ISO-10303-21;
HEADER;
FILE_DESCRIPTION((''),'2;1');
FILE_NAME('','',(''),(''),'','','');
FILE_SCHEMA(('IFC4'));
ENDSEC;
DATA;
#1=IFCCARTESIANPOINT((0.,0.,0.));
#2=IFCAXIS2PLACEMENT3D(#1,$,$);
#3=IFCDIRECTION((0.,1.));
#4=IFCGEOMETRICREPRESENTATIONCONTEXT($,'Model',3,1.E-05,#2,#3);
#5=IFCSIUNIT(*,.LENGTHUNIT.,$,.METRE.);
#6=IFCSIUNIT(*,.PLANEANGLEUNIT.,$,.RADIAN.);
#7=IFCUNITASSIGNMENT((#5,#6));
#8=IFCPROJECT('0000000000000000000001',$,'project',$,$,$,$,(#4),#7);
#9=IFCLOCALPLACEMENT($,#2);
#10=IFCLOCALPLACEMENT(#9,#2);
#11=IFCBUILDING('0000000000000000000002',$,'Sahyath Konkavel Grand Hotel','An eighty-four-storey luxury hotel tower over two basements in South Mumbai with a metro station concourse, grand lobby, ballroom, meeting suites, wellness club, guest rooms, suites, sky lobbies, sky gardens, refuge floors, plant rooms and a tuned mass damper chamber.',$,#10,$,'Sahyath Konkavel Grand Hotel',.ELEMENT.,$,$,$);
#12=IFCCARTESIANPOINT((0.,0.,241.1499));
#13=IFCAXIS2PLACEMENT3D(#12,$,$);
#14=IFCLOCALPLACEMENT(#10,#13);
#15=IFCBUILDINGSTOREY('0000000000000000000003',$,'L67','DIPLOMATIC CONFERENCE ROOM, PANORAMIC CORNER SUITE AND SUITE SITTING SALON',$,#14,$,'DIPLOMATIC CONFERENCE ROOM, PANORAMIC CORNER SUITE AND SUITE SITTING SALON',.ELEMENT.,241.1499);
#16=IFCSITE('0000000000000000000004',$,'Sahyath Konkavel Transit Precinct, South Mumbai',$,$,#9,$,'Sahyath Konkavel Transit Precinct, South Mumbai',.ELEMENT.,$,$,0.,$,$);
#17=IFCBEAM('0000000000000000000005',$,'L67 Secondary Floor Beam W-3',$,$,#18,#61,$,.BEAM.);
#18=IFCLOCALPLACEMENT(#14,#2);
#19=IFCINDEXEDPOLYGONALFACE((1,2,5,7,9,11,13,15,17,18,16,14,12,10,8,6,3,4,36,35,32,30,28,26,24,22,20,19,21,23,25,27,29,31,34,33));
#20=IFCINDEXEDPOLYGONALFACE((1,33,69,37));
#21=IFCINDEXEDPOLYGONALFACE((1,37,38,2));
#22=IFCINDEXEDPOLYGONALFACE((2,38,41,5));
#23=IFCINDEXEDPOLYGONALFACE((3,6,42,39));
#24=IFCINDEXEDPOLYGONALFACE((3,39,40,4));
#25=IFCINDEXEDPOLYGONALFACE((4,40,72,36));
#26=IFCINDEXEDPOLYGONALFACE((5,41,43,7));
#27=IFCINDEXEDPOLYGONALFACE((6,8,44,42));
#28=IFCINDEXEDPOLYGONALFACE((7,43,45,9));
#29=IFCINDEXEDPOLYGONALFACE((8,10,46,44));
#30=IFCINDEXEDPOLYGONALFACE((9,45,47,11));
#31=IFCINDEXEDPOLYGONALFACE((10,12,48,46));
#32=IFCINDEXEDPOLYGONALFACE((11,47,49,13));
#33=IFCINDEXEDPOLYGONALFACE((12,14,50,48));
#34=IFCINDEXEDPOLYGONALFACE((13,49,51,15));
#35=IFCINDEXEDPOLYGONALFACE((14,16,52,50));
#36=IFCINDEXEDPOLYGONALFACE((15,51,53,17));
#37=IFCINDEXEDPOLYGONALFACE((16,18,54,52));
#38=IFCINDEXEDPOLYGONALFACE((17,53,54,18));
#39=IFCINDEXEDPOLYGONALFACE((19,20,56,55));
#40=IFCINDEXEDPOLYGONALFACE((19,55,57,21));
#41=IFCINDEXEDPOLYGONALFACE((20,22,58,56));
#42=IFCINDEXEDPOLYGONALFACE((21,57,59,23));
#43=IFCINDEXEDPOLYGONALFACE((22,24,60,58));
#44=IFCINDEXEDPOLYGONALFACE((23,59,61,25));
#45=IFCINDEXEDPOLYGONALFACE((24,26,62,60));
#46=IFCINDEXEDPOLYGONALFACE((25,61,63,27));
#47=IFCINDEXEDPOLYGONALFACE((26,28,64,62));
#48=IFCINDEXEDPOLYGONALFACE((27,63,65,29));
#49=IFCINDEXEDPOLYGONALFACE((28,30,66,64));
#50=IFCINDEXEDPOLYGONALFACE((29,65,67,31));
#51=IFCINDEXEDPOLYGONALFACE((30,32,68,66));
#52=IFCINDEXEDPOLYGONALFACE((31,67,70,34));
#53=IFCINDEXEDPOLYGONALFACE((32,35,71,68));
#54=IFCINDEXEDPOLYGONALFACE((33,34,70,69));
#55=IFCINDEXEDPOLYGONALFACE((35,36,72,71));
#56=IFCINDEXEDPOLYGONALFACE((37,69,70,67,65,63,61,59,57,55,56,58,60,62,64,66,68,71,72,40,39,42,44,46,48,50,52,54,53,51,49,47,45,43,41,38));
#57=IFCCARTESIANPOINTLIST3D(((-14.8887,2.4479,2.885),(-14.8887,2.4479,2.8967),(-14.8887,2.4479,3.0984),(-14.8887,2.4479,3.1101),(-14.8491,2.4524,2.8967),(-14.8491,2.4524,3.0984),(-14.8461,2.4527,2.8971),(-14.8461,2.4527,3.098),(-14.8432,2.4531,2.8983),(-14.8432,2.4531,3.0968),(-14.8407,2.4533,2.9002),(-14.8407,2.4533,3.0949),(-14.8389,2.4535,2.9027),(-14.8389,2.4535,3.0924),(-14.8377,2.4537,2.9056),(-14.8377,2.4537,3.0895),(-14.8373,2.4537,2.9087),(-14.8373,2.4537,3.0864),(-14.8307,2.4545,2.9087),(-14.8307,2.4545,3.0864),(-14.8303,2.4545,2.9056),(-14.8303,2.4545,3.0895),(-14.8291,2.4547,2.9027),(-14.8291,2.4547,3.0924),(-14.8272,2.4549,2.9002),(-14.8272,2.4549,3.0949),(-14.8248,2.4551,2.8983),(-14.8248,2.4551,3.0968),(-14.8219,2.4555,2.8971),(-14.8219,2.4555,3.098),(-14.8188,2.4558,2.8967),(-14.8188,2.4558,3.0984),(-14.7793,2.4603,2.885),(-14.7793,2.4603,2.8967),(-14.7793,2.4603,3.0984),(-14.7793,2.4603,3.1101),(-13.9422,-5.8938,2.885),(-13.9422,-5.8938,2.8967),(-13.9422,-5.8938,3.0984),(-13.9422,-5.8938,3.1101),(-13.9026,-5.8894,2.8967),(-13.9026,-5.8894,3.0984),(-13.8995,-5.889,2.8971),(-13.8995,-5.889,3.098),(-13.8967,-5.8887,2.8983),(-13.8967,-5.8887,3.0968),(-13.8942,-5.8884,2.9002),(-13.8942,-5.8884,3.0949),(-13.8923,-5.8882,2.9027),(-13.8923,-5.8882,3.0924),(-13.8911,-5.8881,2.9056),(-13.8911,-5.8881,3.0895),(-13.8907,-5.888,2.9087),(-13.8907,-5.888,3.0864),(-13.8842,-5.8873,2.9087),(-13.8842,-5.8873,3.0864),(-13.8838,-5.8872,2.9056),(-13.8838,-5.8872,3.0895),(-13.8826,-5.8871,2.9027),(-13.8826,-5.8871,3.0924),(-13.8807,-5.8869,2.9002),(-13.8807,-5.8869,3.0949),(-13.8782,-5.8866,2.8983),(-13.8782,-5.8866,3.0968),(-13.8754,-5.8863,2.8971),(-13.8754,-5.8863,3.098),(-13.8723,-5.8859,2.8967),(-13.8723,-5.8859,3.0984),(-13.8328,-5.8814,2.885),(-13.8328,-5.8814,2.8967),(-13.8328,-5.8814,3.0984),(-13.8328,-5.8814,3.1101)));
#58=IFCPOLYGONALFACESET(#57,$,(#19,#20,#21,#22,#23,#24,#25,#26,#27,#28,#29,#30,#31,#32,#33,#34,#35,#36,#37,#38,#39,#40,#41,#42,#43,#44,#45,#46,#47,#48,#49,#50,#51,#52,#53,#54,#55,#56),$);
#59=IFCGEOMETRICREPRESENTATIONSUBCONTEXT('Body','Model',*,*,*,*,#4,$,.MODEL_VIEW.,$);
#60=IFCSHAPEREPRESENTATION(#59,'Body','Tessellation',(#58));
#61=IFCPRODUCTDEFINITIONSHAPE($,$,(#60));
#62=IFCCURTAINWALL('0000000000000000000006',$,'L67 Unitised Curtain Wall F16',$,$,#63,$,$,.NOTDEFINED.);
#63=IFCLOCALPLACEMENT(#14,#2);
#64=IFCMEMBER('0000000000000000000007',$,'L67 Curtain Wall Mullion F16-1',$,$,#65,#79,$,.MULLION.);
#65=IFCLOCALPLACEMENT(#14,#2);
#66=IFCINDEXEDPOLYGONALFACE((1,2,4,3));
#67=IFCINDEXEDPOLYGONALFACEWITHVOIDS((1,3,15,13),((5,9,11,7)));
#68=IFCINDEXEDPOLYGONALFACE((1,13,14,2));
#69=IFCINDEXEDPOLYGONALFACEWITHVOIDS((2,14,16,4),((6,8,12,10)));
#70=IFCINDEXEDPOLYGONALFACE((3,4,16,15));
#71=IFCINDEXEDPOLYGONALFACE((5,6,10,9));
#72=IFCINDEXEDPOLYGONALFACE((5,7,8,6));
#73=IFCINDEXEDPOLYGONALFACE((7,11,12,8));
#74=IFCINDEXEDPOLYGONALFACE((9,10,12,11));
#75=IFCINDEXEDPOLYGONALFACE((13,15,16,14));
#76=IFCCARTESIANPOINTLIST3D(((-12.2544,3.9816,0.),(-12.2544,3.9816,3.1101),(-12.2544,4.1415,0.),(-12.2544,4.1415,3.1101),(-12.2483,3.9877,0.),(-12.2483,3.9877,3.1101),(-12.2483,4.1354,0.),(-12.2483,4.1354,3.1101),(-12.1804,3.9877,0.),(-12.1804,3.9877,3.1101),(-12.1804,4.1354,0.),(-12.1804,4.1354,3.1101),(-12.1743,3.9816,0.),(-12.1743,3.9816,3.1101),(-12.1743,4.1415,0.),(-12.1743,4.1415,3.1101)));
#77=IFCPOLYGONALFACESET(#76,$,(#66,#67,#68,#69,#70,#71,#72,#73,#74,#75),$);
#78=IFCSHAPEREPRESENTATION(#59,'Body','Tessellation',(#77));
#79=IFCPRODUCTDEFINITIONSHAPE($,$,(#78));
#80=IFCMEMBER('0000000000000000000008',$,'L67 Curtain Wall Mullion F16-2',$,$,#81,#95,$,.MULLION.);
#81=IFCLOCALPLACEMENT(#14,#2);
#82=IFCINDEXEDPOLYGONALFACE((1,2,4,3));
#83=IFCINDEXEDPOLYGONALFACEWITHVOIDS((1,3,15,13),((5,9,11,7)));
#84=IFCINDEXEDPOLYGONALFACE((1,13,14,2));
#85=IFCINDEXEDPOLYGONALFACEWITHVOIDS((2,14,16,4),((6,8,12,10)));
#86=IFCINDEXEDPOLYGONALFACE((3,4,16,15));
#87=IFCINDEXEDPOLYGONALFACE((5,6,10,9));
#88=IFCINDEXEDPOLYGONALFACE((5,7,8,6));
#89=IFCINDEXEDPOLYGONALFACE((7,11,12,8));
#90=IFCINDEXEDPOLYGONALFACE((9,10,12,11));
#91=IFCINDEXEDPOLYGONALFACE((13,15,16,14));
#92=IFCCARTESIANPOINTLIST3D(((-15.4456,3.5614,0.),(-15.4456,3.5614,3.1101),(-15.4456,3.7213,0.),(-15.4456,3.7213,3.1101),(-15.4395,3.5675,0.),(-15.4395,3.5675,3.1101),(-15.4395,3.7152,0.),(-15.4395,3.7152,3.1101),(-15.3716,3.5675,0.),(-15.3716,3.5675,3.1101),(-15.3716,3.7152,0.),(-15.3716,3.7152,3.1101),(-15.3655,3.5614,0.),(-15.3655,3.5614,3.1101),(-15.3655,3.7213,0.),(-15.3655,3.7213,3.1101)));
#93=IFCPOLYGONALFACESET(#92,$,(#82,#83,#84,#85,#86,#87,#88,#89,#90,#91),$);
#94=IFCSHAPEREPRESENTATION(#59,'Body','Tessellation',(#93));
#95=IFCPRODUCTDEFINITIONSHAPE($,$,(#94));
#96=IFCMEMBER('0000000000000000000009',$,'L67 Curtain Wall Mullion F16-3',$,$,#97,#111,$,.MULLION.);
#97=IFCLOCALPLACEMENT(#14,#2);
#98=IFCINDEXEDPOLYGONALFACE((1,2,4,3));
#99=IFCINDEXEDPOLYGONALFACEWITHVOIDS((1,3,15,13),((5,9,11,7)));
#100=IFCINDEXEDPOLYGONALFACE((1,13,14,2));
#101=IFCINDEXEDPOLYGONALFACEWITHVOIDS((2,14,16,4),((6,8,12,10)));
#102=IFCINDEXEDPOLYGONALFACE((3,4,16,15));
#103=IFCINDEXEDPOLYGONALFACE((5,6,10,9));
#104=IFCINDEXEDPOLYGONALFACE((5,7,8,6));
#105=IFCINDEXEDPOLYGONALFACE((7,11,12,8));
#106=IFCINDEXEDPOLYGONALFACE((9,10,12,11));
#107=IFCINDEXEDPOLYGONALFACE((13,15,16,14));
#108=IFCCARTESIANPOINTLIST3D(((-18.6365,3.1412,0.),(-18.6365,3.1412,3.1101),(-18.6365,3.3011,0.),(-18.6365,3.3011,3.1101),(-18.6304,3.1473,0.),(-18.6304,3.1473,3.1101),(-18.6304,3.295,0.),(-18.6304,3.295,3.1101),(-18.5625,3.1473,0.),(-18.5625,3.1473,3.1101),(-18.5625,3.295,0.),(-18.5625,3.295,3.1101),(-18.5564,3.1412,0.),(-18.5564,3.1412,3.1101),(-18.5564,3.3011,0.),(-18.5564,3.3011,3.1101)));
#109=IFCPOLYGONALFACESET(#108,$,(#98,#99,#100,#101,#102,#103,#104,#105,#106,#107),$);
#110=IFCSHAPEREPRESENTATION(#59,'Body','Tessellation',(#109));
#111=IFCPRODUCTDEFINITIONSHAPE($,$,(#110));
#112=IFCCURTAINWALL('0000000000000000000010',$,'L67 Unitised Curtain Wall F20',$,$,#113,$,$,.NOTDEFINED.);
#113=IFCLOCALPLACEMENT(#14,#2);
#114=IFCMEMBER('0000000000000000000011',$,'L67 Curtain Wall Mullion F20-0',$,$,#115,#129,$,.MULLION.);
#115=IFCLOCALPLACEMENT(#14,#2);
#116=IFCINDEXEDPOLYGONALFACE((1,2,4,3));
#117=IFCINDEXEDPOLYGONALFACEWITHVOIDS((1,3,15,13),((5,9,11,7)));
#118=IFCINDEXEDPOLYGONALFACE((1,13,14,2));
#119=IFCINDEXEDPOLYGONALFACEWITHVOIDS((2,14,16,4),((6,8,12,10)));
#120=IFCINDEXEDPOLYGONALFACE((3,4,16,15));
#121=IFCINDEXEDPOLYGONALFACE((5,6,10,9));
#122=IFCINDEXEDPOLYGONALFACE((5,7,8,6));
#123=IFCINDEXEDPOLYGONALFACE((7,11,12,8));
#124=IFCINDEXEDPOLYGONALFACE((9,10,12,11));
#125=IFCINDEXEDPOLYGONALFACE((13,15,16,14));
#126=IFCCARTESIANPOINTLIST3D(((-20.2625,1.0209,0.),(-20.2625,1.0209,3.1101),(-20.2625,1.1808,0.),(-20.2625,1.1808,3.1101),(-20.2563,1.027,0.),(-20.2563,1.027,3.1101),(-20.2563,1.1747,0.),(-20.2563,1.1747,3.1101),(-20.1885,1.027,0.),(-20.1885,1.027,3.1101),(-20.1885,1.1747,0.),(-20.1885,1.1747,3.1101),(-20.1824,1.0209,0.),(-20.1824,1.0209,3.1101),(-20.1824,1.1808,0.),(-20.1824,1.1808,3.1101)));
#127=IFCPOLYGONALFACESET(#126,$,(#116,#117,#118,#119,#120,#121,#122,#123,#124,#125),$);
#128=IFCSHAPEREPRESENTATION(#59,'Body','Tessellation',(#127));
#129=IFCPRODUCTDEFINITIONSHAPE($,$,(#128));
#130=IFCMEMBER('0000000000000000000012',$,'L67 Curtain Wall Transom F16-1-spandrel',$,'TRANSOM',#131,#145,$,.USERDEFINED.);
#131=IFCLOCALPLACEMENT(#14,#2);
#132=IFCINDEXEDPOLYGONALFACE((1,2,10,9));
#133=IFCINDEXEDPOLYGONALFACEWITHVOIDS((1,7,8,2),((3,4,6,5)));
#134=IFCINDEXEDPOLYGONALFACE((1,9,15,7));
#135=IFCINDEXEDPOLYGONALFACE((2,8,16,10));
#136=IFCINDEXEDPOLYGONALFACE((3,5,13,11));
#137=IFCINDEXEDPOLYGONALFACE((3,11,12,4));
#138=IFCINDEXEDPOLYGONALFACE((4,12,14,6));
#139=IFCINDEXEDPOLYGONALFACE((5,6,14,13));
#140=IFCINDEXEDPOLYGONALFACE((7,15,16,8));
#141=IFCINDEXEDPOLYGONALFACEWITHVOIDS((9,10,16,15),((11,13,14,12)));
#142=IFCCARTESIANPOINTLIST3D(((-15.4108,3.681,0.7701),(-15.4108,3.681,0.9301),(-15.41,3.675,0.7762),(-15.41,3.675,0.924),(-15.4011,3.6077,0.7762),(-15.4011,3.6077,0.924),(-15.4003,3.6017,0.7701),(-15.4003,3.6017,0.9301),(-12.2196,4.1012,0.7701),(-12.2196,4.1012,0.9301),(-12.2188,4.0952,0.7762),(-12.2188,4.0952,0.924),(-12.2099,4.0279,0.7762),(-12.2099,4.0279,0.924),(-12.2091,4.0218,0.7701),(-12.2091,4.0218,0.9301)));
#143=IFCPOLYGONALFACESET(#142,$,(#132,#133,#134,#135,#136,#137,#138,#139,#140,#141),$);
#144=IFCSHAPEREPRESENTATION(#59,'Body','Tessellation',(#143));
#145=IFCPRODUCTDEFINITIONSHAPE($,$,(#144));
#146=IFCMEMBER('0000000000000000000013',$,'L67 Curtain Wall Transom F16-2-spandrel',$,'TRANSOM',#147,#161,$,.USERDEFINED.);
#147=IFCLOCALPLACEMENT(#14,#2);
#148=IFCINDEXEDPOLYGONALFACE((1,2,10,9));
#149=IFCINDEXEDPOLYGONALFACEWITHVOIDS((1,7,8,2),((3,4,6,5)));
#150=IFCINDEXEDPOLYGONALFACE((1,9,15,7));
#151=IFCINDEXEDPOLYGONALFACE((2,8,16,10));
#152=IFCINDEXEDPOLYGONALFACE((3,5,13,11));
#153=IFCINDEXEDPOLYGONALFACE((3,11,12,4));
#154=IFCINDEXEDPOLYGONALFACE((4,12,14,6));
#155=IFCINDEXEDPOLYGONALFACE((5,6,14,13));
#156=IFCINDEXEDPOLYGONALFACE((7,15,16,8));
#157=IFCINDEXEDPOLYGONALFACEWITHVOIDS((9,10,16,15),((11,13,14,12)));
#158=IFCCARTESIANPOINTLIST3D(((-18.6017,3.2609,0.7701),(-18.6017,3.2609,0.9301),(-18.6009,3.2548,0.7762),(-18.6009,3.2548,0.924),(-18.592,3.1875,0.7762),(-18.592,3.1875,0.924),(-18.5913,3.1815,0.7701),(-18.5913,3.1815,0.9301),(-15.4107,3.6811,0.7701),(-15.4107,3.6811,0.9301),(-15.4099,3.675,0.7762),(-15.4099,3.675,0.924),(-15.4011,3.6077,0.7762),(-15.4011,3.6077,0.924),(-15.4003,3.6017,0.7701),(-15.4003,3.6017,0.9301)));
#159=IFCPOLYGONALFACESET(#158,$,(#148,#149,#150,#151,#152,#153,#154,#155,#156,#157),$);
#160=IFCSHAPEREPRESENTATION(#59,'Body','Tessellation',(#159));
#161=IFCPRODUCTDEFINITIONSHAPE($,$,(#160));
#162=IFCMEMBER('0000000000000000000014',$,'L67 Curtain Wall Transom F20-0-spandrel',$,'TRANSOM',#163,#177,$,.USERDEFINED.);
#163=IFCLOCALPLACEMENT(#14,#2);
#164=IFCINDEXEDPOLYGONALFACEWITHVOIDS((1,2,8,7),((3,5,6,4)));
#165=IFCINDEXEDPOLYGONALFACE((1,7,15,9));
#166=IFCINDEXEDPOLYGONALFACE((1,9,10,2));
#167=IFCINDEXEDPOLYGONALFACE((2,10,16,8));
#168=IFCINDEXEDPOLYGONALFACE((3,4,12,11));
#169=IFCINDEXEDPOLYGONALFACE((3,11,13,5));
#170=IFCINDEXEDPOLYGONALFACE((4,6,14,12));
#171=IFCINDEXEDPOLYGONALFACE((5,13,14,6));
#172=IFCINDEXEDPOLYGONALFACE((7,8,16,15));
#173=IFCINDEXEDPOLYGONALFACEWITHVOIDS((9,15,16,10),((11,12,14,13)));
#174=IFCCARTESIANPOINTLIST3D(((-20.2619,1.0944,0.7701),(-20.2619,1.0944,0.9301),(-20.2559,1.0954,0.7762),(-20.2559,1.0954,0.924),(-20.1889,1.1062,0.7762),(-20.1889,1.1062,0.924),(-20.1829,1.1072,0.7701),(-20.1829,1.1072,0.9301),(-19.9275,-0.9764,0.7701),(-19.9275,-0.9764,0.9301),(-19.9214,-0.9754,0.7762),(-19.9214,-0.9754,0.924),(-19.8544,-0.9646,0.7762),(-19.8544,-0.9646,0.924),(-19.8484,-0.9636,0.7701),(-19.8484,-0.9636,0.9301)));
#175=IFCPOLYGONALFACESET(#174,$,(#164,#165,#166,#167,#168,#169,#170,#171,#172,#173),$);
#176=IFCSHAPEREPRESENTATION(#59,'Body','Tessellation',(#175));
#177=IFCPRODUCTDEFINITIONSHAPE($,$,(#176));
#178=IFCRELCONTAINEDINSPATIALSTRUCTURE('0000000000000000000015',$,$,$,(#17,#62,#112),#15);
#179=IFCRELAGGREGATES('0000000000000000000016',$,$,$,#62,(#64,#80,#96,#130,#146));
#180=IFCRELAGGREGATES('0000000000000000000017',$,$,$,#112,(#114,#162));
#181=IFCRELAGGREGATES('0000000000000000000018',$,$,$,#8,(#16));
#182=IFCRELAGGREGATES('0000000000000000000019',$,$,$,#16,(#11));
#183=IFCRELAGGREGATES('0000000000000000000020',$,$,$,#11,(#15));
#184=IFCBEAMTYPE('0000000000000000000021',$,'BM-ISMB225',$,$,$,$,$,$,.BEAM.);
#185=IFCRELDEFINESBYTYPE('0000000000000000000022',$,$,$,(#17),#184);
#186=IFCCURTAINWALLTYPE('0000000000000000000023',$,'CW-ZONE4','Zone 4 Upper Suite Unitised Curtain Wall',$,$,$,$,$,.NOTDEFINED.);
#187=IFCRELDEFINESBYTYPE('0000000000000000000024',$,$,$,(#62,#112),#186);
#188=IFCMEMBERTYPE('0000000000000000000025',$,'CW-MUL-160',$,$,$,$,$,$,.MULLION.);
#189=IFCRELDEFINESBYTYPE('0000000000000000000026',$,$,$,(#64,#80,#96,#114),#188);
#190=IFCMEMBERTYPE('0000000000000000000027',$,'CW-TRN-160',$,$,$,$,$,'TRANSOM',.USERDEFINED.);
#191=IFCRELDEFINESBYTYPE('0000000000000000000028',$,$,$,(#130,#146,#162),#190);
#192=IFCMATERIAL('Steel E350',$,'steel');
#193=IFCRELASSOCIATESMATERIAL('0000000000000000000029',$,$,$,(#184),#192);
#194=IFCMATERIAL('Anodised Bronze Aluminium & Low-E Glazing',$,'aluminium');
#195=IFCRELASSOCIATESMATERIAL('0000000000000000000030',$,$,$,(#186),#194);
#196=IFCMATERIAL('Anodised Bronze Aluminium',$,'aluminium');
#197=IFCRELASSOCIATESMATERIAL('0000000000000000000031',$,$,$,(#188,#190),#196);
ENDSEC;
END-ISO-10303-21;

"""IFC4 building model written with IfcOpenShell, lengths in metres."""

from ifc_helpers import new_model, si_unit, direction, frame, origin, origin_2d, place, context, subcontext, project, spatial, hollow_rectangle, i_section, extrude, source, transform, mapped, material, material_profile, profile_set, type_object, element, aggregate, save


model = new_model("IFC4")

# Units and contexts
model_context = context("Model", 3, precision=1e-05, world=origin(), true_north=direction((0.0, 1.0)))
body_context = subcontext(model_context, "Body", "Model", "MODEL_VIEW")
ifc_project = project(units=[si_unit("LENGTHUNIT", "METRE"), si_unit("PLANEANGLEUNIT", "RADIAN")], contexts=[model_context])

# Site, building, storey
site_placement = place(None, origin())
site = spatial("IfcSite", under=ifc_project, at=site_placement, Name="Sahyath Konkavel Transit Precinct, South Mumbai", LongName="Sahyath Konkavel Transit Precinct, South Mumbai", CompositionType="ELEMENT", RefElevation=0.0)
building_placement = place(site_placement, origin())
building = spatial("IfcBuilding", under=site, at=building_placement, Name="Sahyath Konkavel Grand Hotel", Description="An eighty-four-storey luxury hotel tower over two basements in South Mumbai with a metro station concourse, grand lobby, ballroom, meeting suites, wellness club, guest rooms, suites, sky lobbies, sky gardens, refuge floors, plant rooms and a tuned mass damper chamber.", LongName="Sahyath Konkavel Grand Hotel", CompositionType="ELEMENT")
storey_placement = place(building_placement, frame((0.0, 0.0, 241.1499)))
storey = spatial("IfcBuildingStorey", under=building, at=storey_placement, Name="L67", Description="DIPLOMATIC CONFERENCE ROOM, PANORAMIC CORNER SUITE AND SUITE SITTING SALON", LongName="DIPLOMATIC CONFERENCE ROOM, PANORAMIC CORNER SUITE AND SUITE SITTING SALON", CompositionType="ELEMENT", Elevation=241.1499)

# Beam
ifc_material_1 = material(Name="Steel E350", Category="steel")
ifc_material_profile_1 = material_profile(ifc_material_1, i_section(OverallWidth=0.1101, OverallDepth=0.2251, WebThickness=0.0066, FlangeThickness=0.0117, FilletRadius=0.012, at=origin_2d()), Name="ISMB 225")
ifc_profile_set_1 = profile_set([ifc_material_profile_1], Name="Steel E350")
beam_type_1 = type_object("IfcBeamType", Name="BM-ISMB225", PredefinedType="BEAM", material=ifc_profile_set_1)
shared_shape_1 = source(origin(), body_context, "Body", "SweptSolid", [
    extrude(i_section(OverallWidth=0.1101, OverallDepth=0.2251, WebThickness=0.0066, FlangeThickness=0.0117, FilletRadius=0.012, at=origin_2d()), origin(), (0.0, 0.0, 1.0), 8.3953),
])
beam_1_placement = place(storey_placement, frame((-14.834, 2.4541, 2.9976), z_axis=(0.112745, -0.993624, 0.0), x_axis=(0.993624, 0.112745, 0.0)))
element("IfcBeam", 1, at=beam_1_placement, inside=storey, type_object=beam_type_1, Name="L67 Secondary Floor Beam W-3", PredefinedType="BEAM", context=body_context, shape_type="MappedRepresentation", body=[
    mapped(shared_shape_1, transform((0.0, 0.0, 0.0), scale=1.0)),
])

# Curtain wall, members
ifc_material_2 = material(Name="Anodised Bronze Aluminium & Low-E Glazing", Category="aluminium")
curtain_wall_type = type_object("IfcCurtainWallType", Name="CW-ZONE4", Description="Zone 4 Upper Suite Unitised Curtain Wall", PredefinedType="NOTDEFINED", material=ifc_material_2)
curtain_wall_1_placement = place(storey_placement, origin())
curtain_wall_1 = element("IfcCurtainWall", 2, at=curtain_wall_1_placement, inside=storey, type_object=curtain_wall_type, Name="L67 Unitised Curtain Wall F16", PredefinedType="NOTDEFINED")
ifc_material_3 = material(Name="Anodised Bronze Aluminium", Category="aluminium")
ifc_material_profile_2 = material_profile(ifc_material_3, hollow_rectangle(XDim=0.0801, YDim=0.1599, WallThickness=0.0061, at=origin_2d()), Name="RHS 160x80x6")
ifc_profile_set_2 = profile_set([ifc_material_profile_2], Name="Anodised Bronze Aluminium")
member_type_1 = type_object("IfcMemberType", Name="CW-MUL-160", PredefinedType="MULLION", material=ifc_profile_set_2)
shared_shape_2 = source(origin(), body_context, "Body", "SweptSolid", [
    extrude(hollow_rectangle(XDim=0.0801, YDim=0.1599, WallThickness=0.0061, at=origin_2d()), origin(), (0.0, 0.0, 1.0), 3.1101),
])
member_1_placement = place(storey_placement, frame((-12.2144, 4.0615, 0.0), z_axis=(0.0, 0.0, 1.0), x_axis=(1.0, 0.0, 0.0)))
member_1 = element("IfcMember", 3, at=member_1_placement, type_object=member_type_1, Name="L67 Curtain Wall Mullion F16-1", PredefinedType="MULLION", context=body_context, shape_type="MappedRepresentation", body=[
    mapped(shared_shape_2, transform((0.0, 0.0, 0.0), scale=1.0)),
])
member_2_placement = place(storey_placement, frame((-15.4055, 3.6414, 0.0), z_axis=(0.0, 0.0, 1.0), x_axis=(1.0, 0.0, 0.0)))
member_2 = element("IfcMember", 4, at=member_2_placement, type_object=member_type_1, Name="L67 Curtain Wall Mullion F16-2", PredefinedType="MULLION", context=body_context, shape_type="MappedRepresentation", body=[
    mapped(shared_shape_2, transform((0.0, 0.0, 0.0), scale=1.0)),
])
member_3_placement = place(storey_placement, frame((-18.5964, 3.2212, 0.0), z_axis=(0.0, 0.0, 1.0), x_axis=(1.0, 0.0, 0.0)))
member_3 = element("IfcMember", 5, at=member_3_placement, type_object=member_type_1, Name="L67 Curtain Wall Mullion F16-3", PredefinedType="MULLION", context=body_context, shape_type="MappedRepresentation", body=[
    mapped(shared_shape_2, transform((0.0, 0.0, 0.0), scale=1.0)),
])

# Curtain wall, member
curtain_wall_2_placement = place(storey_placement, origin())
curtain_wall_2 = element("IfcCurtainWall", 6, at=curtain_wall_2_placement, inside=storey, type_object=curtain_wall_type, Name="L67 Unitised Curtain Wall F20", PredefinedType="NOTDEFINED")
member_4_placement = place(storey_placement, frame((-20.2224, 1.1008, 0.0), z_axis=(0.0, 0.0, 1.0), x_axis=(1.0, 0.0, 0.0)))
member_4 = element("IfcMember", 7, at=member_4_placement, type_object=member_type_1, Name="L67 Curtain Wall Mullion F20-0", PredefinedType="MULLION", context=body_context, shape_type="MappedRepresentation", body=[
    mapped(shared_shape_2, transform((0.0, 0.0, 0.0), scale=1.0)),
])

# Members
ifc_material_profile_3 = material_profile(ifc_material_3, hollow_rectangle(XDim=0.0801, YDim=0.1599, WallThickness=0.0061, at=origin_2d()), Name="RHS 160x80x6")
ifc_profile_set_3 = profile_set([ifc_material_profile_3], Name="Anodised Bronze Aluminium")
member_type_2 = type_object("IfcMemberType", Name="CW-TRN-160", ElementType="TRANSOM", PredefinedType="USERDEFINED", material=ifc_profile_set_3)
shared_shape_3 = source(origin(), body_context, "Body", "SweptSolid", [
    extrude(hollow_rectangle(XDim=0.0801, YDim=0.1599, WallThickness=0.0061, at=origin_2d()), origin(), (0.0, 0.0, 1.0), 3.2188),
])
member_5_placement = place(storey_placement, frame((-12.2144, 4.0615, 0.8501), z_axis=(-0.991443, -0.130539, 0.0), x_axis=(0.130539, -0.991443, 0.0)))
member_5 = element("IfcMember", 8, at=member_5_placement, type_object=member_type_2, Name="L67 Curtain Wall Transom F16-1-spandrel", ObjectType="TRANSOM", PredefinedType="USERDEFINED", context=body_context, shape_type="MappedRepresentation", body=[
    mapped(shared_shape_3, transform((0.0, 0.0, 0.0), scale=1.0)),
])
shared_shape_4 = source(origin(), body_context, "Body", "SweptSolid", [
    extrude(hollow_rectangle(XDim=0.0801, YDim=0.1599, WallThickness=0.0061, at=origin_2d()), origin(), (0.0, 0.0, 1.0), 3.2185),
])
member_6_placement = place(storey_placement, frame((-15.4055, 3.6414, 0.8501), z_axis=(-0.991442, -0.130549, 0.0), x_axis=(0.130549, -0.991442, 0.0)))
member_6 = element("IfcMember", 9, at=member_6_placement, type_object=member_type_2, Name="L67 Curtain Wall Transom F16-2-spandrel", ObjectType="TRANSOM", PredefinedType="USERDEFINED", context=body_context, shape_type="MappedRepresentation", body=[
    mapped(shared_shape_4, transform((0.0, 0.0, 0.0), scale=1.0)),
])
shared_shape_5 = source(origin(), body_context, "Body", "SweptSolid", [
    extrude(hollow_rectangle(XDim=0.0801, YDim=0.1599, WallThickness=0.0061, at=origin_2d()), origin(), (0.0, 0.0, 1.0), 2.0977),
])
member_7_placement = place(storey_placement, frame((-20.2224, 1.1008, 0.8501), z_axis=(0.159452, -0.987206, 0.0), x_axis=(0.987206, 0.159452, 0.0)))
member_7 = element("IfcMember", 10, at=member_7_placement, type_object=member_type_2, Name="L67 Curtain Wall Transom F20-0-spandrel", ObjectType="TRANSOM", PredefinedType="USERDEFINED", context=body_context, shape_type="MappedRepresentation", body=[
    mapped(shared_shape_5, transform((0.0, 0.0, 0.0), scale=1.0)),
])

aggregate(curtain_wall_1, [member_1, member_2, member_3, member_5, member_6])
aggregate(curtain_wall_2, [member_4, member_7])

save(model, "model.ifc")
